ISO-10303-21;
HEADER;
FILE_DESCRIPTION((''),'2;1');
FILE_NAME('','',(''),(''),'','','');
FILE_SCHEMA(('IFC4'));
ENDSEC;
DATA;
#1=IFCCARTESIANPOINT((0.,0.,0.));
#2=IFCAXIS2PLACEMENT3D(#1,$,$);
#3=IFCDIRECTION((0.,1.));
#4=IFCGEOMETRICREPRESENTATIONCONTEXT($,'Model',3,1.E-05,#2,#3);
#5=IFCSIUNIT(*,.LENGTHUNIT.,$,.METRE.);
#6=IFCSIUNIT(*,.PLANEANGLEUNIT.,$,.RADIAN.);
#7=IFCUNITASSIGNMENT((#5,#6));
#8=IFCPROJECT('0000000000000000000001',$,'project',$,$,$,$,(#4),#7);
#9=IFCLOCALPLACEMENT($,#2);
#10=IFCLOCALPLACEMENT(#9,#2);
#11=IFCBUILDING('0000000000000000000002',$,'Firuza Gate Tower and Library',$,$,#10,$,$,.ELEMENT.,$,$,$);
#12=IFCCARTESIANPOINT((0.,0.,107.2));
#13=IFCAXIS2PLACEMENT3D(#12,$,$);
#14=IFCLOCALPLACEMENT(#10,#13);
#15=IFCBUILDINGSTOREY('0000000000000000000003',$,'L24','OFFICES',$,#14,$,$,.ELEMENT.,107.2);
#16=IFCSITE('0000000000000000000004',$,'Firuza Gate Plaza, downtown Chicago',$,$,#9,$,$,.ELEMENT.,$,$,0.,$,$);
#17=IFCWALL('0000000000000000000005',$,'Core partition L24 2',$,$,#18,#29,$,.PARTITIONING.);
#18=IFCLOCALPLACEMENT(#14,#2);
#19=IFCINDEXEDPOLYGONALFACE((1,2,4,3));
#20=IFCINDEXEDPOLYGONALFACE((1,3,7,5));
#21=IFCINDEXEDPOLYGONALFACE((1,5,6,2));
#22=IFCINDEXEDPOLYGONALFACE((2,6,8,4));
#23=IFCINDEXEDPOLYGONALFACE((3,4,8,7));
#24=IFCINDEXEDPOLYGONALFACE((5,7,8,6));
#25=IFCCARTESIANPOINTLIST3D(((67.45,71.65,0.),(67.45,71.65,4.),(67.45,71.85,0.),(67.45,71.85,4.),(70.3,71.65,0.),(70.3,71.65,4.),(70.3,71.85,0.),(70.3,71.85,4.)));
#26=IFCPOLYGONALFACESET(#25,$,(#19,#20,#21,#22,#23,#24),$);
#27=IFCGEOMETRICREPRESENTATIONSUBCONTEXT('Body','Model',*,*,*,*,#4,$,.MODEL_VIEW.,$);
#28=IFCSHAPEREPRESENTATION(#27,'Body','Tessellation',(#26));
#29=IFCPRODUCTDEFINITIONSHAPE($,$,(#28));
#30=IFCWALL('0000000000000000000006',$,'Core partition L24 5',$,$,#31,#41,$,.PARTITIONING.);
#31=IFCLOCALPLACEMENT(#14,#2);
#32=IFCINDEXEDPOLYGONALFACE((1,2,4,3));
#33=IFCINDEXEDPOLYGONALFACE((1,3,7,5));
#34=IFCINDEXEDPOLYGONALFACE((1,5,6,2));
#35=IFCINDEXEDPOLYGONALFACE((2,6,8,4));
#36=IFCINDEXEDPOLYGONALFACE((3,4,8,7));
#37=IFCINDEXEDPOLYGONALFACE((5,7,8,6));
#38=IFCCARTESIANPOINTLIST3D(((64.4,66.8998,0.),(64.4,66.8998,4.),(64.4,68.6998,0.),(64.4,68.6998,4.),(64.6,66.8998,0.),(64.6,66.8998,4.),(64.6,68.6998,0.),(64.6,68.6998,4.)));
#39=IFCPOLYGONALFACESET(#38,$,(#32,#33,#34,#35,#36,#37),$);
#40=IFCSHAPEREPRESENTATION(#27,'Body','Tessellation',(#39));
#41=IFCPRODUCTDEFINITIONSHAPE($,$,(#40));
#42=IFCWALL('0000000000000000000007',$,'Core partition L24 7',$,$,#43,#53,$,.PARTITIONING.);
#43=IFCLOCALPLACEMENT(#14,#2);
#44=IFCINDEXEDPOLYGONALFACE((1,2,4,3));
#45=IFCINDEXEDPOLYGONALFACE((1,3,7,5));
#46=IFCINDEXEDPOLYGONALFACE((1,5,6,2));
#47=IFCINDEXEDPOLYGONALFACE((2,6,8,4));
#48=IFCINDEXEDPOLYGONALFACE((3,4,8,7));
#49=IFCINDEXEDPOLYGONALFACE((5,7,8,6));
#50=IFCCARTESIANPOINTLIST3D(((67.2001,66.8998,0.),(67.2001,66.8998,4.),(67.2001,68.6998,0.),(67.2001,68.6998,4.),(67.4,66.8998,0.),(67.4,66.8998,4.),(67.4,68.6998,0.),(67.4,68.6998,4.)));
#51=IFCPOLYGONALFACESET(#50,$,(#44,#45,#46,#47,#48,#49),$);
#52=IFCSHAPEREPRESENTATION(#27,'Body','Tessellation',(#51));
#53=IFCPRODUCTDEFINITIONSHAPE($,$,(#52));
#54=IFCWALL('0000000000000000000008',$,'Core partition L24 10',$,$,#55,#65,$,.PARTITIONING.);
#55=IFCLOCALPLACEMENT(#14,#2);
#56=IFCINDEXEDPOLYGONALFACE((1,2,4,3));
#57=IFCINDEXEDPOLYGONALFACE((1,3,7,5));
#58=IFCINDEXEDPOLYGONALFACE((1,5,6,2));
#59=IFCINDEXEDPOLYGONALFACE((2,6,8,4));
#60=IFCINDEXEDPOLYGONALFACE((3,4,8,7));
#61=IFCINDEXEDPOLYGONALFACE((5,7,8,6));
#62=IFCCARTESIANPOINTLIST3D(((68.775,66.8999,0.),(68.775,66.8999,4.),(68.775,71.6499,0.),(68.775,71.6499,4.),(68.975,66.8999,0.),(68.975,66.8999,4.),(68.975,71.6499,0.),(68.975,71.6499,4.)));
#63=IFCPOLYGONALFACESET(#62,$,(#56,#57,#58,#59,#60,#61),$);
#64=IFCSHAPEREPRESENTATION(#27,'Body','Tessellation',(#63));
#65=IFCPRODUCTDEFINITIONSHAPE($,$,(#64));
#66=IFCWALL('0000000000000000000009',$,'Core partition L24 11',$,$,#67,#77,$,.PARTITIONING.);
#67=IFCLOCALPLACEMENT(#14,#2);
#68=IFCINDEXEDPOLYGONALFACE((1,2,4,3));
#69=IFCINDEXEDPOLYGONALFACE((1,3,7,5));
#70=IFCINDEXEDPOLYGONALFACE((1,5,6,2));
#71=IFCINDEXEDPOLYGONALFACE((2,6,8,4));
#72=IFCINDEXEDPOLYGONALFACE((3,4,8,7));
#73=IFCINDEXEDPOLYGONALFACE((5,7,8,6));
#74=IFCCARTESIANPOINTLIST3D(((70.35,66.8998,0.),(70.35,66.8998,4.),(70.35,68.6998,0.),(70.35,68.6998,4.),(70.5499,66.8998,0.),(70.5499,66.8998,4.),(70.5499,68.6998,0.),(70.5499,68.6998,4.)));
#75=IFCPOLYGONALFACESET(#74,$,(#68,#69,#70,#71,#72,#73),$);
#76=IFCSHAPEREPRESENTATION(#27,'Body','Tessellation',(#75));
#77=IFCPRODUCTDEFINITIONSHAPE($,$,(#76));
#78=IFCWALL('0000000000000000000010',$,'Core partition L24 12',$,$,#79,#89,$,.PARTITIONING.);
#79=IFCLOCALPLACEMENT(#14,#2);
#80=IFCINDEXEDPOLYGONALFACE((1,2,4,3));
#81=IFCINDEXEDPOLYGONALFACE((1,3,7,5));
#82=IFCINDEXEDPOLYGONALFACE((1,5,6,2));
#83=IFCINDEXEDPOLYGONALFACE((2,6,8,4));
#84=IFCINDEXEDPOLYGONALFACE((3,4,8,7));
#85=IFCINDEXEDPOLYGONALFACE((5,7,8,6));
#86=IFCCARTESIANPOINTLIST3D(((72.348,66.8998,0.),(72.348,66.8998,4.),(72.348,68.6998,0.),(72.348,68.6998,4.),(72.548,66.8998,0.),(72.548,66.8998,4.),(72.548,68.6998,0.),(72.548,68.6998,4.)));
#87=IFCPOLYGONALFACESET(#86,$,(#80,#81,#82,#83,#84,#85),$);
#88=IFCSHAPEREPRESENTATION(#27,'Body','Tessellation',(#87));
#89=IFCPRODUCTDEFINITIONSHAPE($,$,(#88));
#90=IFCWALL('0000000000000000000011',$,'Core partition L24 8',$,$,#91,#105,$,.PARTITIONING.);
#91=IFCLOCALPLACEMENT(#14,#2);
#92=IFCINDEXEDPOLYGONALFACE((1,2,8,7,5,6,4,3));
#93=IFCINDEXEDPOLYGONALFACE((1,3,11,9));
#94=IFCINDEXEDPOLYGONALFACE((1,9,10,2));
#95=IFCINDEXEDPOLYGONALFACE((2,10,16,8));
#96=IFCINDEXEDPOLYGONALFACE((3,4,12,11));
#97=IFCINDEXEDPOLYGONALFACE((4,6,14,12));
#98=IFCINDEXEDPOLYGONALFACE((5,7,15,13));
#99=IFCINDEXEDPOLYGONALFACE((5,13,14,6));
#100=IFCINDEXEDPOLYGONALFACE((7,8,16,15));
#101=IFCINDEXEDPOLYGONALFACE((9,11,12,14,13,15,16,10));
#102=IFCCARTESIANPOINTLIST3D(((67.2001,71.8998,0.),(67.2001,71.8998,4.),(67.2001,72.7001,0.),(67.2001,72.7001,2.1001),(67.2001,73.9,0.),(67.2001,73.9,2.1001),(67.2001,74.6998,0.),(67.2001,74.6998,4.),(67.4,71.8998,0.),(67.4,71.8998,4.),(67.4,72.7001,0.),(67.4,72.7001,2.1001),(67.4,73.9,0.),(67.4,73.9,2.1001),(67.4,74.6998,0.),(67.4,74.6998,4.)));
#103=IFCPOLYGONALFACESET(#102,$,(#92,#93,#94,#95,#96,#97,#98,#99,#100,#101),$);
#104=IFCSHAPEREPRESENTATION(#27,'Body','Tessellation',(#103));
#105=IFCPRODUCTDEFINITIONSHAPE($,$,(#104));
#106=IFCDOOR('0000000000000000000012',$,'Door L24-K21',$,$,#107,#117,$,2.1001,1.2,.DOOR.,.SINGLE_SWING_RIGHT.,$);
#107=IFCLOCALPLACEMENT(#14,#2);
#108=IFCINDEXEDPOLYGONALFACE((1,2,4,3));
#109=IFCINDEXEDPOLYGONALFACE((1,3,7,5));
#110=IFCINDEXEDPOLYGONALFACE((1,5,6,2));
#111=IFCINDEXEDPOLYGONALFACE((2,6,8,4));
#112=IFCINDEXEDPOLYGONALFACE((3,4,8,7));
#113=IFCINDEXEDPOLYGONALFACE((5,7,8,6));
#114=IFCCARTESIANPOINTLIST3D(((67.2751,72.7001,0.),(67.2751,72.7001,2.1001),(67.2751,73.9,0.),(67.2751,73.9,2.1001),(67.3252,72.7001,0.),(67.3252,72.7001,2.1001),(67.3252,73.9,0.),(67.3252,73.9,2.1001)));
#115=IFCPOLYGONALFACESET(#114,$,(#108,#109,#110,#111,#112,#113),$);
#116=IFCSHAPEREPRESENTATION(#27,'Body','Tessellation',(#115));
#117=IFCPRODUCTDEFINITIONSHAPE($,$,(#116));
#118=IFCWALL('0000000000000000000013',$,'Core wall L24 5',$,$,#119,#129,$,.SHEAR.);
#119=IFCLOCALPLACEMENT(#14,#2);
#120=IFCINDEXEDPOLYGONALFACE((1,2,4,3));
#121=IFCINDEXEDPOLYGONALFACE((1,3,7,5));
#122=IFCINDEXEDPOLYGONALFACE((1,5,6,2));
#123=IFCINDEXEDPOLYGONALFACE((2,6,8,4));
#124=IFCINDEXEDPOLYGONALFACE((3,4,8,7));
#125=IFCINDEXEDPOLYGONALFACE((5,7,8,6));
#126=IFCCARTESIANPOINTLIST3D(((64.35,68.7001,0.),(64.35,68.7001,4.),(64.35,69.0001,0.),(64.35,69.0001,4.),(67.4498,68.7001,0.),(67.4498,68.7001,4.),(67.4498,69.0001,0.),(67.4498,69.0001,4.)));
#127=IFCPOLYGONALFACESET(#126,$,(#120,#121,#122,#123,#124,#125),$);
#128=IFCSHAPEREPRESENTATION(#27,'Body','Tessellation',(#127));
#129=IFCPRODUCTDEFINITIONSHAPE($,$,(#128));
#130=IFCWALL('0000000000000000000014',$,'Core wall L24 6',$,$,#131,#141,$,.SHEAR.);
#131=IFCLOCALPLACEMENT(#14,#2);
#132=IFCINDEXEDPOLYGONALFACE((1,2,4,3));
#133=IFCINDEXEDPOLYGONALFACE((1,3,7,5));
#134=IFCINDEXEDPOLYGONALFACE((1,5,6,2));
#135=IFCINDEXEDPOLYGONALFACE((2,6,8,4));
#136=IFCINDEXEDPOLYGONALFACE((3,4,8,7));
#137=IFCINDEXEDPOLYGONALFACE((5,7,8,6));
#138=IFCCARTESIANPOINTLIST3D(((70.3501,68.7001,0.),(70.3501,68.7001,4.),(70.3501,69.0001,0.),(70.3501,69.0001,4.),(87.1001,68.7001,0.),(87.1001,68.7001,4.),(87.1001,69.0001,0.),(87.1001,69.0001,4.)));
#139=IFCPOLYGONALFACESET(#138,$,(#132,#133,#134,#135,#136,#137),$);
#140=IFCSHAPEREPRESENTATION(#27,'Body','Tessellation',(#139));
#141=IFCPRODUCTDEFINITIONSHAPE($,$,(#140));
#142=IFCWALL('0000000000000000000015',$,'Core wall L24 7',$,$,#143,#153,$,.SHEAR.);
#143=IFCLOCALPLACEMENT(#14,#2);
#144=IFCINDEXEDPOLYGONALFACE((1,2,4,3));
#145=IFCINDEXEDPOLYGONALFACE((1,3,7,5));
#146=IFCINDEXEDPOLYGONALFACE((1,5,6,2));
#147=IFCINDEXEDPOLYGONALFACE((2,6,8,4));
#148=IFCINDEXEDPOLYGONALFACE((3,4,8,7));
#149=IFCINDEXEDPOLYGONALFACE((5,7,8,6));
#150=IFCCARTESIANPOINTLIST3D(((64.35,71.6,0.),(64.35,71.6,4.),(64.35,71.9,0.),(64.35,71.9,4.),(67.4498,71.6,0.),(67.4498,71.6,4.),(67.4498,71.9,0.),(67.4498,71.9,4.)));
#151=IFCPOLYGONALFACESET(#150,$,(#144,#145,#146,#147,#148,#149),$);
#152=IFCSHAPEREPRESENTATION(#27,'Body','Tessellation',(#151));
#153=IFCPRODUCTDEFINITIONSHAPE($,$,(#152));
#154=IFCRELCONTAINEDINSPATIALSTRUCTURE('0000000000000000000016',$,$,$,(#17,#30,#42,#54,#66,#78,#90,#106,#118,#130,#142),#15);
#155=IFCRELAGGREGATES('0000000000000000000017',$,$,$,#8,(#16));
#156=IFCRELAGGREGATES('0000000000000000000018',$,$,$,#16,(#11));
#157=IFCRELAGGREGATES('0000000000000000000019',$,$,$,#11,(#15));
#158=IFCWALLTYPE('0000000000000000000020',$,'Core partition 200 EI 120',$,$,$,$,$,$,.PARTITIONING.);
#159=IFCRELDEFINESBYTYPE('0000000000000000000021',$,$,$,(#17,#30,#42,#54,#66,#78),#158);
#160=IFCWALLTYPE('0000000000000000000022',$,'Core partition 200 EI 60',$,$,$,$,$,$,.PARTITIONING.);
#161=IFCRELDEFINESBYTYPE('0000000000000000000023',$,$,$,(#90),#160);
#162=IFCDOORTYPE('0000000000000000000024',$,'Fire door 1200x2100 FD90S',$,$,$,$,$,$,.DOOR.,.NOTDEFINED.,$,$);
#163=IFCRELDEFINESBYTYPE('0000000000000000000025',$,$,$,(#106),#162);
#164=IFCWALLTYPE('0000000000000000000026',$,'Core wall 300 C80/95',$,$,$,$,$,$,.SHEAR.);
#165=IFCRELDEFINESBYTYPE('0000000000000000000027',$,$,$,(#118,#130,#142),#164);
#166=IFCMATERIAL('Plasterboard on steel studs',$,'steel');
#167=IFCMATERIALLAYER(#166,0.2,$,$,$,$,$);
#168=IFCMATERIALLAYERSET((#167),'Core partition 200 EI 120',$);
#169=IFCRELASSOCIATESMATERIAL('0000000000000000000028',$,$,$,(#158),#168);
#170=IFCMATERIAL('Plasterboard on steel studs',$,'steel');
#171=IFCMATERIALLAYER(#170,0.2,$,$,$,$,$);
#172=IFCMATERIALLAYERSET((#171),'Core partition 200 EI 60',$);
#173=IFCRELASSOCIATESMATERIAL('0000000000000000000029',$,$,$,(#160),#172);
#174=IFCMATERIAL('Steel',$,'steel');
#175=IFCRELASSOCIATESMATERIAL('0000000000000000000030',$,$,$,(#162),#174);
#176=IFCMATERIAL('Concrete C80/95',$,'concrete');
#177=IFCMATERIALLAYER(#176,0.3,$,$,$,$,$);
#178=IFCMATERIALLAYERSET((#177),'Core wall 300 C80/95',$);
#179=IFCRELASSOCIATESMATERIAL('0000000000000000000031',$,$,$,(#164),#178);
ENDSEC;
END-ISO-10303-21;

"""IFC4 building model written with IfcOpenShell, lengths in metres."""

from ifc_helpers import new_model, si_unit, direction, frame, frame_2d, origin, place, context, subcontext, project, spatial, rectangle, extrude, material, layer, layer_set, type_object, element, fill, save


model = new_model("IFC4")

# Units and contexts
model_context = context("Model", 3, precision=1e-05, world=origin(), true_north=direction((0.0, 1.0)))
body_context = subcontext(model_context, "Body", "Model", "MODEL_VIEW")
ifc_project = project(units=[si_unit("LENGTHUNIT", "METRE"), si_unit("PLANEANGLEUNIT", "RADIAN")], contexts=[model_context])

# Site, building, storey
site_placement = place(None, origin())
site = spatial("IfcSite", under=ifc_project, at=site_placement, Name="Firuza Gate Plaza, downtown Chicago", CompositionType="ELEMENT", RefElevation=0.0)
building_placement = place(site_placement, origin())
building = spatial("IfcBuilding", under=site, at=building_placement, Name="Firuza Gate Tower and Library", CompositionType="ELEMENT")
storey_placement = place(building_placement, frame((0.0, 0.0, 107.2)))
storey = spatial("IfcBuildingStorey", under=building, at=storey_placement, Name="L24", Description="OFFICES", CompositionType="ELEMENT", Elevation=107.2)

# Walls
ifc_material_1 = material(Name="Plasterboard on steel studs", Category="steel")
ifc_layer_1 = layer(ifc_material_1, 0.2)
ifc_layer_set_1 = layer_set([ifc_layer_1], Name="Core partition 200 EI 120")
wall_type_1 = type_object("IfcWallType", Name="Core partition 200 EI 120", PredefinedType="PARTITIONING", material=ifc_layer_set_1)
wall_1_placement = place(storey_placement, frame((67.45, 71.75, 0.0), z_axis=(0.0, 0.0, 1.0), x_axis=(1.0, 0.0, 0.0)))
element("IfcWall", 1, at=wall_1_placement, inside=storey, type_object=wall_type_1, Name="Core partition L24 2", PredefinedType="PARTITIONING", context=body_context, shape_type="SweptSolid", body=[
    extrude(rectangle(XDim=2.8501, YDim=0.2, at=frame_2d((1.425, 0.0))), origin(), (0.0, 0.0, 1.0), 4.0),
])
for number, where, z_axis, x_axis, name in (
    (2, (64.5, 66.8999, 0.0), (0.0, 0.0, 1.0), (0.0, 1.0, 0.0), "Core partition L24 5"),
    (3, (67.3, 66.8999, 0.0), (0.0, 0.0, 1.0), (0.0, 1.0, 0.0), "Core partition L24 7"),
):
    element("IfcWall", number, at=place(storey_placement, frame(where, z_axis=z_axis, x_axis=x_axis)), inside=storey, type_object=wall_type_1, Name=name, PredefinedType="PARTITIONING", context=body_context, shape_type="SweptSolid", body=[
        extrude(rectangle(XDim=1.8, YDim=0.2, at=frame_2d((0.8999, 0.0))), origin(), (0.0, 0.0, 1.0), 4.0),
    ])
wall_2_placement = place(storey_placement, frame((68.875, 66.8999, 0.0), z_axis=(0.0, 0.0, 1.0), x_axis=(0.0, 1.0, 0.0)))
element("IfcWall", 4, at=wall_2_placement, inside=storey, type_object=wall_type_1, Name="Core partition L24 10", PredefinedType="PARTITIONING", context=body_context, shape_type="SweptSolid", body=[
    extrude(rectangle(XDim=4.75, YDim=0.2, at=frame_2d((2.375, 0.0))), origin(), (0.0, 0.0, 1.0), 4.0),
])
for number, where, z_axis, x_axis, name in (
    (5, (70.45, 66.8999, 0.0), (0.0, 0.0, 1.0), (0.0, 1.0, 0.0), "Core partition L24 11"),
    (6, (72.448, 66.8999, 0.0), (0.0, 0.0, 1.0), (0.0, 1.0, 0.0), "Core partition L24 12"),
):
    element("IfcWall", number, at=place(storey_placement, frame(where, z_axis=z_axis, x_axis=x_axis)), inside=storey, type_object=wall_type_1, Name=name, PredefinedType="PARTITIONING", context=body_context, shape_type="SweptSolid", body=[
        extrude(rectangle(XDim=1.8, YDim=0.2, at=frame_2d((0.8999, 0.0))), origin(), (0.0, 0.0, 1.0), 4.0),
    ])

# Wall, opening, door
ifc_material_2 = material(Name="Plasterboard on steel studs", Category="steel")
ifc_layer_2 = layer(ifc_material_2, 0.2)
ifc_layer_set_2 = layer_set([ifc_layer_2], Name="Core partition 200 EI 60")
wall_type_2 = type_object("IfcWallType", Name="Core partition 200 EI 60", PredefinedType="PARTITIONING", material=ifc_layer_set_2)
wall_3_placement = place(storey_placement, frame((67.3, 71.8999, 0.0), z_axis=(0.0, 0.0, 1.0), x_axis=(0.0, 1.0, 0.0)))
wall_3 = element("IfcWall", 7, at=wall_3_placement, inside=storey, type_object=wall_type_2, Name="Core partition L24 8", PredefinedType="PARTITIONING", context=body_context, shape_type="SweptSolid", body=[
    extrude(rectangle(XDim=2.8, YDim=0.2, at=frame_2d((1.3999, 0.0))), origin(), (0.0, 0.0, 1.0), 4.0),
])
opening_1_placement = place(wall_3_placement, frame((0.8, 0.0, 0.0)))
opening_1 = element("IfcOpeningElement", 8, at=opening_1_placement, cuts=wall_3, PredefinedType="OPENING", context=body_context, shape_type="SweptSolid", body=[
    extrude(rectangle(XDim=1.2, YDim=2.1001, at=frame_2d((0.6001, 1.05))), frame((0.0, 0.1099, 0.0), z_axis=(0.0, -1.0, 0.0), x_axis=(1.0, 0.0, 0.0)), (0.0, 0.0, 1.0), 0.22),
])
ifc_material_3 = material(Name="Steel", Category="steel")
door_type_1 = type_object("IfcDoorType", Name="Fire door 1200x2100 FD90S", OperationType="NOTDEFINED", PredefinedType="DOOR", material=ifc_material_3)
door_1_placement = place(opening_1_placement, origin())
door_1 = element("IfcDoor", 9, at=door_1_placement, inside=storey, type_object=door_type_1, Name="Door L24-K21", OperationType="SINGLE_SWING_RIGHT", OverallHeight=2.1001, OverallWidth=1.2, PredefinedType="DOOR", context=body_context, shape_type="SweptSolid", body=[
    extrude(rectangle(XDim=1.2, YDim=2.1001, at=frame_2d((0.6001, 1.05))), frame((0.0, 0.0249, 0.0), z_axis=(0.0, -1.0, 0.0), x_axis=(1.0, 0.0, 0.0)), (0.0, 0.0, 1.0), 0.05),
])
fill(opening_1, door_1)

# Walls
ifc_material_4 = material(Name="Concrete C80/95", Category="concrete")
ifc_layer_3 = layer(ifc_material_4, 0.3)
ifc_layer_set_3 = layer_set([ifc_layer_3], Name="Core wall 300 C80/95")
wall_type_3 = type_object("IfcWallType", Name="Core wall 300 C80/95", PredefinedType="SHEAR", material=ifc_layer_set_3)
wall_4_placement = place(storey_placement, frame((64.3501, 68.8501, 0.0), z_axis=(0.0, 0.0, 1.0), x_axis=(1.0, 0.0, 0.0)))
element("IfcWall", 10, at=wall_4_placement, inside=storey, type_object=wall_type_3, Name="Core wall L24 5", PredefinedType="SHEAR", context=body_context, shape_type="SweptSolid", body=[
    extrude(rectangle(XDim=3.0999, YDim=0.3, at=frame_2d((1.5498, 0.0))), origin(), (0.0, 0.0, 1.0), 4.0),
])
wall_5_placement = place(storey_placement, frame((70.3501, 68.8501, 0.0), z_axis=(0.0, 0.0, 1.0), x_axis=(1.0, 0.0, 0.0)))
element("IfcWall", 11, at=wall_5_placement, inside=storey, type_object=wall_type_3, Name="Core wall L24 6", PredefinedType="SHEAR", context=body_context, shape_type="SweptSolid", body=[
    extrude(rectangle(XDim=16.75, YDim=0.3, at=frame_2d((8.375, 0.0))), origin(), (0.0, 0.0, 1.0), 4.0),
])
wall_6_placement = place(storey_placement, frame((64.3501, 71.75, 0.0), z_axis=(0.0, 0.0, 1.0), x_axis=(1.0, 0.0, 0.0)))
element("IfcWall", 12, at=wall_6_placement, inside=storey, type_object=wall_type_3, Name="Core wall L24 7", PredefinedType="SHEAR", context=body_context, shape_type="SweptSolid", body=[
    extrude(rectangle(XDim=3.0999, YDim=0.3, at=frame_2d((1.5498, 0.0))), origin(), (0.0, 0.0, 1.0), 4.0),
])

save(model, "model.ifc")
